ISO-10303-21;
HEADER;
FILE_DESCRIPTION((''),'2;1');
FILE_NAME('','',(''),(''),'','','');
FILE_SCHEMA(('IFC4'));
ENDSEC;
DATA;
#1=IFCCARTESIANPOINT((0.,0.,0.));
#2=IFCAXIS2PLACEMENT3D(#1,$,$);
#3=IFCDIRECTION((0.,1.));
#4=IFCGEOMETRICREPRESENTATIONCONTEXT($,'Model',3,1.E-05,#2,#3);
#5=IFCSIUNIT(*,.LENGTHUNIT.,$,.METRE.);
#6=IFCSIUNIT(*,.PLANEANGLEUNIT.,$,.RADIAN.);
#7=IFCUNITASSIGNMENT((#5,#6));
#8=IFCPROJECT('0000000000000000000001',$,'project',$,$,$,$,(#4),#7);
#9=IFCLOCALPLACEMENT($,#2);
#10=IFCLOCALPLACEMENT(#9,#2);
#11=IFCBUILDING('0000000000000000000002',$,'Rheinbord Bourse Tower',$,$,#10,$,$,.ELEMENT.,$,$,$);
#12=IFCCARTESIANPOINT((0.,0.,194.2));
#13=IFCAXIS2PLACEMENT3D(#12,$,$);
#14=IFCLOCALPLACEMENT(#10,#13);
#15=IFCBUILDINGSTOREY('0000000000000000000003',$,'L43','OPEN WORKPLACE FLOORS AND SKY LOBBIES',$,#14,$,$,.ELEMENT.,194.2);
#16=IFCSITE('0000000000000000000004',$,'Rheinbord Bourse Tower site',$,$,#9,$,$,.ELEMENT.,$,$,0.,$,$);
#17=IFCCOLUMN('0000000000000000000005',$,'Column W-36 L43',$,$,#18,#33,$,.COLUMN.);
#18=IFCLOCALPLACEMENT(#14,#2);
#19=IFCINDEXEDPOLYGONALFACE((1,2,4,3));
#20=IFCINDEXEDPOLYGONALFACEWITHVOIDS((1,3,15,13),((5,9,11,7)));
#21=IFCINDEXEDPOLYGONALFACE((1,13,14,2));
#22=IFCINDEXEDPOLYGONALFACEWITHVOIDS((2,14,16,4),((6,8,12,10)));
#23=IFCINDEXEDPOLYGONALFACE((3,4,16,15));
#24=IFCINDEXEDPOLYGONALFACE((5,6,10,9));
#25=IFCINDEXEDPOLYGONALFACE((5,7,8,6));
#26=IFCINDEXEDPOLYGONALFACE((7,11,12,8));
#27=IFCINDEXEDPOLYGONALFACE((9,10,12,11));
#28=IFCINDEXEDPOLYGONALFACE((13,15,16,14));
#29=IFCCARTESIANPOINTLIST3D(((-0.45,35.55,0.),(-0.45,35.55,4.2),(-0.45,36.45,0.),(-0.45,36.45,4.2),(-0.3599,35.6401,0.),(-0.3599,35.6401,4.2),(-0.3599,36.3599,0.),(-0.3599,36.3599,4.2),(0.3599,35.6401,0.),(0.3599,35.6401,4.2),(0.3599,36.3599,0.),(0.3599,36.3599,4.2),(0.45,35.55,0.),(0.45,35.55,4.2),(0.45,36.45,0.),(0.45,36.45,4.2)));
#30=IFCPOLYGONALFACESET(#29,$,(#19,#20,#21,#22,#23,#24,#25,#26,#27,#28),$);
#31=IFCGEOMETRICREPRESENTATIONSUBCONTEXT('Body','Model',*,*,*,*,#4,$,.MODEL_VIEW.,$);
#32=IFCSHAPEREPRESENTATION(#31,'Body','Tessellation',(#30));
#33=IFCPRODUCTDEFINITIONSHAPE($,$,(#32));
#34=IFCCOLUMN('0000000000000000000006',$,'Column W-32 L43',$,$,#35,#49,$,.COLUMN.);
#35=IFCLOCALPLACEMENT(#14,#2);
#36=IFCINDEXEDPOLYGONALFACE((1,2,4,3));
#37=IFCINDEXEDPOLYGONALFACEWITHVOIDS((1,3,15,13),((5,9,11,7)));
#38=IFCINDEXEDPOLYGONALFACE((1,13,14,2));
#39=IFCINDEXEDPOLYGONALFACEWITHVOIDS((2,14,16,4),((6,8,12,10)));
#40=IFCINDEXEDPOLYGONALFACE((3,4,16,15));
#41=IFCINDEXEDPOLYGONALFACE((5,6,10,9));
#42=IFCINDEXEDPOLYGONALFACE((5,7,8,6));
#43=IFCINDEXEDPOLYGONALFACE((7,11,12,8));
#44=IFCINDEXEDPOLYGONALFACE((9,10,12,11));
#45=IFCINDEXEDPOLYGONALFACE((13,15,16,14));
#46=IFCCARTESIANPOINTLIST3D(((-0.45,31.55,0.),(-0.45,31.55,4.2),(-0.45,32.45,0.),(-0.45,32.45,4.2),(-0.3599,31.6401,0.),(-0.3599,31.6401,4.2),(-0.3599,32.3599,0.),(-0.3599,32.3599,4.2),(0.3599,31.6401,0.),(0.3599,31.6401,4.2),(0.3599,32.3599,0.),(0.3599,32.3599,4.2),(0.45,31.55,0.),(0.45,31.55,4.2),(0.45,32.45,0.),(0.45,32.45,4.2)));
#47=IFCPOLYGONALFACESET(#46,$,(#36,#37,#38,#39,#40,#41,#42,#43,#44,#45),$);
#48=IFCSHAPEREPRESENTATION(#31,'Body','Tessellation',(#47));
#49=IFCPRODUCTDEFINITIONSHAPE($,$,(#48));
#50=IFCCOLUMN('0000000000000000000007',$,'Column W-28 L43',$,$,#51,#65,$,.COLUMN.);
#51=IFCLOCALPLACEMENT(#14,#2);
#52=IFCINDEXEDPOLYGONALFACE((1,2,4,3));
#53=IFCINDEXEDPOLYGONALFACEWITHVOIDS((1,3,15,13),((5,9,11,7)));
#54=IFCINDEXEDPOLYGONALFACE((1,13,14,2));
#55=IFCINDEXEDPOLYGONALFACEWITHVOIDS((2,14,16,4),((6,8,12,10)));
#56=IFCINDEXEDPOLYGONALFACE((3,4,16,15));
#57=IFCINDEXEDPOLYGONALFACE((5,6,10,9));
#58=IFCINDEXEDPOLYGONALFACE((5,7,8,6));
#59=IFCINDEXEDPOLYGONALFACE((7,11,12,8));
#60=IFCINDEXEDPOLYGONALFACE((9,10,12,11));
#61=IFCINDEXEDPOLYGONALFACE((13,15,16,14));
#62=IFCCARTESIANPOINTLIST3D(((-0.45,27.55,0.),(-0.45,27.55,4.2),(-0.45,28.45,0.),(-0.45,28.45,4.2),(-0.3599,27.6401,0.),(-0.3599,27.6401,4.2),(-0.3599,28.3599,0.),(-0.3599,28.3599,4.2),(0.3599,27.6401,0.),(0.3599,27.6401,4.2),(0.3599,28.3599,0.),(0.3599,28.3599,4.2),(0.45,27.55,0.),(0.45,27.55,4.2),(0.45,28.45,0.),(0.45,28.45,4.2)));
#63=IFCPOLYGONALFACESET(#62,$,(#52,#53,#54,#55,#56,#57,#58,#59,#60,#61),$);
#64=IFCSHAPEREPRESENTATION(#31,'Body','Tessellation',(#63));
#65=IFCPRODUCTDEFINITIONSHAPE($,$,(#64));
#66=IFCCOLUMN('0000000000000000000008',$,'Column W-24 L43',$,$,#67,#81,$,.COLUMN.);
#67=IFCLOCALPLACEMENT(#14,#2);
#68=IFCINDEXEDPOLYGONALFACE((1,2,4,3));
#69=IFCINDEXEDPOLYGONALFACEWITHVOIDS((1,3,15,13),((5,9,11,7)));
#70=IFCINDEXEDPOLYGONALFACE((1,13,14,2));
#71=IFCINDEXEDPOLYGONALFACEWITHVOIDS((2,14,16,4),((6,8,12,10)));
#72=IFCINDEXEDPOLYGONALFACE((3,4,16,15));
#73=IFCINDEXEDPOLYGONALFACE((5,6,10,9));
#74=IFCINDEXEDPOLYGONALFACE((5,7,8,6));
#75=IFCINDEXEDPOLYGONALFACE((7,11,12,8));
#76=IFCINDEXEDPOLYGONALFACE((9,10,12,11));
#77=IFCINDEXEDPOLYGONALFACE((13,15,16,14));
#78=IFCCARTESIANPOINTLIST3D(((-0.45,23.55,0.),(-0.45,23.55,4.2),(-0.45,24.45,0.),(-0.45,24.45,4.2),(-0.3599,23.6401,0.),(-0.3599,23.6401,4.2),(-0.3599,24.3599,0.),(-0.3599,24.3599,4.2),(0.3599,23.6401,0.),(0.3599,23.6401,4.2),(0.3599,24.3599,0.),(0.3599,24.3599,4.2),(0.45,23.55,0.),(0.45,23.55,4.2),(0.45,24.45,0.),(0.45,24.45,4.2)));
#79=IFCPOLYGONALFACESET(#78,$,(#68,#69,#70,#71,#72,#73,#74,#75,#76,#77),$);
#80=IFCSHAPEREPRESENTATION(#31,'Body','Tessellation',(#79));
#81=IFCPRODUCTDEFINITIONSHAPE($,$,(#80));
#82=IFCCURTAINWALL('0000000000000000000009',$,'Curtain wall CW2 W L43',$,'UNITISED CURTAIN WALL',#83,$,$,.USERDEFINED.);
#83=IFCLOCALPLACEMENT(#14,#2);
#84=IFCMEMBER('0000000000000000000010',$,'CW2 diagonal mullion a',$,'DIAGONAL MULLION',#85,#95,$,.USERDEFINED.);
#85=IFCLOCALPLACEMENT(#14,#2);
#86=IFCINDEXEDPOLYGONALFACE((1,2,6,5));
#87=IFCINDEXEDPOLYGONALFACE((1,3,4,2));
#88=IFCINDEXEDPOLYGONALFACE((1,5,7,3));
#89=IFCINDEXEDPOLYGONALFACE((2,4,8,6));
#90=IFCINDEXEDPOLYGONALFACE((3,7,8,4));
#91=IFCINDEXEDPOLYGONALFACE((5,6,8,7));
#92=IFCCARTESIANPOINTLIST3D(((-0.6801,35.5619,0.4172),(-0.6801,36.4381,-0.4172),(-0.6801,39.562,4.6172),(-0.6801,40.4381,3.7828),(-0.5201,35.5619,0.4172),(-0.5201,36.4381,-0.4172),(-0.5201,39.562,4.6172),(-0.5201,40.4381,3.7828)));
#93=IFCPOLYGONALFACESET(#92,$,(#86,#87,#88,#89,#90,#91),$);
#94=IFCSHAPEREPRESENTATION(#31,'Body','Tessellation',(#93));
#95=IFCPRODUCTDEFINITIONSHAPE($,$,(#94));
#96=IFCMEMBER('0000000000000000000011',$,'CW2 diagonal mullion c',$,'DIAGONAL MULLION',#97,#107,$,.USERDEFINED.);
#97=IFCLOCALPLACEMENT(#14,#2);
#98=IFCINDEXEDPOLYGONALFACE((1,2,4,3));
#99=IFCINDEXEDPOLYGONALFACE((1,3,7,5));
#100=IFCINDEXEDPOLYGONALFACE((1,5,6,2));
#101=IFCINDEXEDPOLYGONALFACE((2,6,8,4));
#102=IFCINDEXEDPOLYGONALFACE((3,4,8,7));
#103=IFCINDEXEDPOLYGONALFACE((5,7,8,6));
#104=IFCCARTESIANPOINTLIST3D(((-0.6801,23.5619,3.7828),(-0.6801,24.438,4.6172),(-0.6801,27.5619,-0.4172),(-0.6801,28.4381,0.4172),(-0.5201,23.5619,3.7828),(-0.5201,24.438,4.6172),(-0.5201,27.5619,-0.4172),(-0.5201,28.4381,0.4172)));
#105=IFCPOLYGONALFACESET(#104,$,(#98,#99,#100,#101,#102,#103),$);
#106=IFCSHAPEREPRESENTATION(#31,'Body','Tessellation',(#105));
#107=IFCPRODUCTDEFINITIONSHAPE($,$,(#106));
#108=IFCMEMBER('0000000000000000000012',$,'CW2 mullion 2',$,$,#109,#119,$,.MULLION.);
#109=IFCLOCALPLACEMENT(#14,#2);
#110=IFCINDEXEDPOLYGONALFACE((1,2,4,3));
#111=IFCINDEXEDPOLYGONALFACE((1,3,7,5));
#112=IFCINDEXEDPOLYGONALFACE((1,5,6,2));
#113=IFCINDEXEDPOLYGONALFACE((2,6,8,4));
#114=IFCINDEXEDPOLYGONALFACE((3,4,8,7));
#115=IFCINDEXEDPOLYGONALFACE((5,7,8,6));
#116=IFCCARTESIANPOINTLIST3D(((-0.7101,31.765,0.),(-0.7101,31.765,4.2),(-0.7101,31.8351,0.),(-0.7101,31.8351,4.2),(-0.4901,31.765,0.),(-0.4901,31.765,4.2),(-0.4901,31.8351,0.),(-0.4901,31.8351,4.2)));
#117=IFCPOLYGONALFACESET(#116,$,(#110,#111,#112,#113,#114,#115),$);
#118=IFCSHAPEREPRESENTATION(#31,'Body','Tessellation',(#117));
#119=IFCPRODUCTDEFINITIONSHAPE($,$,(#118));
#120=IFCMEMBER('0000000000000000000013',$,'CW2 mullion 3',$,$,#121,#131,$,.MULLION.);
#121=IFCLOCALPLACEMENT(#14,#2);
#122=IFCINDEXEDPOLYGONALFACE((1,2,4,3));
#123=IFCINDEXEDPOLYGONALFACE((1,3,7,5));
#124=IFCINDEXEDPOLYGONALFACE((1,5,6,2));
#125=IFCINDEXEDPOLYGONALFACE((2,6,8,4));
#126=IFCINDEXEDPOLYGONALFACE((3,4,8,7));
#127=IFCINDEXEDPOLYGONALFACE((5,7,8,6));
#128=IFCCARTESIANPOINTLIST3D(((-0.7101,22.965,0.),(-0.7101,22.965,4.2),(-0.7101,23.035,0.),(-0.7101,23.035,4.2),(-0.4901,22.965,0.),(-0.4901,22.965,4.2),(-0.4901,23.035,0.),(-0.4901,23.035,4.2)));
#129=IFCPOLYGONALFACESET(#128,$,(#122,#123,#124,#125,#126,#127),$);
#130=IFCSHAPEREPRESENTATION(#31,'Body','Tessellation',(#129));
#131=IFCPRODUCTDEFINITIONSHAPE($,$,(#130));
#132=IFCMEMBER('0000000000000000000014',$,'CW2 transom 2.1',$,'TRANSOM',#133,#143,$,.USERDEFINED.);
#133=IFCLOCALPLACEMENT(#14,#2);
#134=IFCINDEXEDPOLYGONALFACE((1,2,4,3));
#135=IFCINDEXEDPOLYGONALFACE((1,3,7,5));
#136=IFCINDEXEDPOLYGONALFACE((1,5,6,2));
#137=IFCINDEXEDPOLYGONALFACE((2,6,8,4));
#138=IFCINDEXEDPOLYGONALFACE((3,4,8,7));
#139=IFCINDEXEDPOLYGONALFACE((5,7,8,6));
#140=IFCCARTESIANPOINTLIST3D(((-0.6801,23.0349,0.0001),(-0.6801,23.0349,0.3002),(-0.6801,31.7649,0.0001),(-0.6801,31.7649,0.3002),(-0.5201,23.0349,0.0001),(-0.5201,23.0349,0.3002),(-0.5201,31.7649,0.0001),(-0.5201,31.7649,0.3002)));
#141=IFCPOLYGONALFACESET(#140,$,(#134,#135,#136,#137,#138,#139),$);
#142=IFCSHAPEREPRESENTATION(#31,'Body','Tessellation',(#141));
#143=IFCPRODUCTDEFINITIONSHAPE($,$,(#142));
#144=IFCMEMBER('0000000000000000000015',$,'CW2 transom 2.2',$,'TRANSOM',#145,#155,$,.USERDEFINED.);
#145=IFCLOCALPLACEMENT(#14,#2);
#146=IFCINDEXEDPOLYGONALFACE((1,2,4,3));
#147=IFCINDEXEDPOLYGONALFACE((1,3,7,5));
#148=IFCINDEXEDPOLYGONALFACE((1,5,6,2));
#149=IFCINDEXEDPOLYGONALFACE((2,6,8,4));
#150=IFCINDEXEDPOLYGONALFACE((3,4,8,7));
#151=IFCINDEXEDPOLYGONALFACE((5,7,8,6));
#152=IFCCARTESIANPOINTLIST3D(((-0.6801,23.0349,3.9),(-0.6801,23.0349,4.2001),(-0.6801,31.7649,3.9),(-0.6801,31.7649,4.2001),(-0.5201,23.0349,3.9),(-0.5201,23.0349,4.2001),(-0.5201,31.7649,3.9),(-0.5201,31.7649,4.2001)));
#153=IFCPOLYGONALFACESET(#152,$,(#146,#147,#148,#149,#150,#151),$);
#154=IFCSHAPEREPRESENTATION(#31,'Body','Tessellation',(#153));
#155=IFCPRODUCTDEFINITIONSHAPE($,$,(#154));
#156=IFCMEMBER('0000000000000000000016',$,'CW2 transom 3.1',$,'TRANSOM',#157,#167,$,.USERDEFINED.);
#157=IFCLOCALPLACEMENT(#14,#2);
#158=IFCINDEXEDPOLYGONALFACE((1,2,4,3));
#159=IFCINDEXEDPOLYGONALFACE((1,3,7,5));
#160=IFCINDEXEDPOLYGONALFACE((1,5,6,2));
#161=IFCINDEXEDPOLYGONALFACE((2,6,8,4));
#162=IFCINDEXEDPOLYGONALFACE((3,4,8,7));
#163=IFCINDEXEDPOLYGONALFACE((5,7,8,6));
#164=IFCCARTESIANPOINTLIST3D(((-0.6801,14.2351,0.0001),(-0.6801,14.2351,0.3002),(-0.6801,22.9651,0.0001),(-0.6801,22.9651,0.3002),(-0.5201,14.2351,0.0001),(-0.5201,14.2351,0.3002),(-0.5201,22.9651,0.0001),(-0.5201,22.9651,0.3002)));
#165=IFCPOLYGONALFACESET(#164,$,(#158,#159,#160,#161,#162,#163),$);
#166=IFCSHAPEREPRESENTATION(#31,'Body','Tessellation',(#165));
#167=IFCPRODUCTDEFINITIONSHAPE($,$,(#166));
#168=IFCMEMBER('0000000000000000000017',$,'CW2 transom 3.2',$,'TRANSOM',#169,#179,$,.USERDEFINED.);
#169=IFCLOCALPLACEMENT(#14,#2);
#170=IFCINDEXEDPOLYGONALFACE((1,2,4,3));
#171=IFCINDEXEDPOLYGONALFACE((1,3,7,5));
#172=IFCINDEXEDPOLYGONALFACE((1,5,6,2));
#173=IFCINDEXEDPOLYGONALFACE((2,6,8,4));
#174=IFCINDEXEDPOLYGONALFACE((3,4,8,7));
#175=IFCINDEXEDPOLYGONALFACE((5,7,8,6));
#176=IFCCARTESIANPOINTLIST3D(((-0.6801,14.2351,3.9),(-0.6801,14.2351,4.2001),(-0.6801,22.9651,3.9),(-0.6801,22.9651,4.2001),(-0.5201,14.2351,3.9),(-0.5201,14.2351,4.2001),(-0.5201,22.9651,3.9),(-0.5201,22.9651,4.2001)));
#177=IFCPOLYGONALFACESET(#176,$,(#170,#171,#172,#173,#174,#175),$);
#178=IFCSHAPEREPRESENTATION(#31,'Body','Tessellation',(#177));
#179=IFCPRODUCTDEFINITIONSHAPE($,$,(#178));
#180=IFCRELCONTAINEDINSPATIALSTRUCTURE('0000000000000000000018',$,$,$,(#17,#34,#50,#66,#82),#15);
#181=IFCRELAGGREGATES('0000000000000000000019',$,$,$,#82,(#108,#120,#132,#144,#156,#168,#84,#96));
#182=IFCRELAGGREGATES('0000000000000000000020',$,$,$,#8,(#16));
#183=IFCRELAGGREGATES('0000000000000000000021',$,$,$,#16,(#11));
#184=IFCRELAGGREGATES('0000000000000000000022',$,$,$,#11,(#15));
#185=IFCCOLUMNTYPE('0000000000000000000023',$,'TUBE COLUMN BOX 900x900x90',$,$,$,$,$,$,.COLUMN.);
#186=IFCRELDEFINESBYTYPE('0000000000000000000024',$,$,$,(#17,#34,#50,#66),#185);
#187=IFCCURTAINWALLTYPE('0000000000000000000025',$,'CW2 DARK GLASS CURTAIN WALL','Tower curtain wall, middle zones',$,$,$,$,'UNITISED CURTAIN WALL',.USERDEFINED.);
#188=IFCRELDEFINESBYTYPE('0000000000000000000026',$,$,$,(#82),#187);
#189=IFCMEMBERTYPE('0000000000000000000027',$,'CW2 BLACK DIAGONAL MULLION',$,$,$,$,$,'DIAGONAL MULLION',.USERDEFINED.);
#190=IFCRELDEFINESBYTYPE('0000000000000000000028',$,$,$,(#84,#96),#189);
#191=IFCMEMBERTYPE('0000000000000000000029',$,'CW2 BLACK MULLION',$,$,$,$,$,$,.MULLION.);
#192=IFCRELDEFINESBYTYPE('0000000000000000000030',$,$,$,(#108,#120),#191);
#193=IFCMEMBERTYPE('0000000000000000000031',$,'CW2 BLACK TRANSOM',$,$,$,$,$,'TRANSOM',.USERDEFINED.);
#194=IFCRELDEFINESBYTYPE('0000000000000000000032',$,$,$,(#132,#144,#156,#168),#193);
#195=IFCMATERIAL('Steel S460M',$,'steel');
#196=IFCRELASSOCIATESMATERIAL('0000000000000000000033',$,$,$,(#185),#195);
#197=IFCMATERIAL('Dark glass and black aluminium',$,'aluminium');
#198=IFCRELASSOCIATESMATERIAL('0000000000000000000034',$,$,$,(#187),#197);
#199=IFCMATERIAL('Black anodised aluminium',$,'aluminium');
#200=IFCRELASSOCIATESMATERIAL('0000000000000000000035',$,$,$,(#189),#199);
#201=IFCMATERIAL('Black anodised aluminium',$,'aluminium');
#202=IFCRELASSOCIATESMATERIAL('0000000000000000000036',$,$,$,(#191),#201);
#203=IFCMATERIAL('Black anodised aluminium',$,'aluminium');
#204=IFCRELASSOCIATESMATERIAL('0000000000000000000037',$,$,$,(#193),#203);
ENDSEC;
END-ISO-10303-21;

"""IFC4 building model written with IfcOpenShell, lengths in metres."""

from ifc_helpers import new_model, si_unit, direction, frame, origin, origin_2d, place, context, subcontext, project, spatial, rectangle, hollow_rectangle, extrude, material, material_profile, profile_set, type_object, element, aggregate, save


model = new_model("IFC4")

# Units and contexts
model_context = context("Model", 3, precision=1e-05, world=origin(), true_north=direction((0.0, 1.0)))
body_context = subcontext(model_context, "Body", "Model", "MODEL_VIEW")
ifc_project = project(units=[si_unit("LENGTHUNIT", "METRE"), si_unit("PLANEANGLEUNIT", "RADIAN")], contexts=[model_context])

# Site, building, storey
site_placement = place(None, origin())
site = spatial("IfcSite", under=ifc_project, at=site_placement, Name="Rheinbord Bourse Tower site", CompositionType="ELEMENT", RefElevation=0.0)
building_placement = place(site_placement, origin())
building = spatial("IfcBuilding", under=site, at=building_placement, Name="Rheinbord Bourse Tower", CompositionType="ELEMENT")
storey_placement = place(building_placement, frame((0.0, 0.0, 194.2)))
storey = spatial("IfcBuildingStorey", under=building, at=storey_placement, Name="L43", Description="OPEN WORKPLACE FLOORS AND SKY LOBBIES", CompositionType="ELEMENT", Elevation=194.2)

# Columns
ifc_material_1 = material(Name="Steel S460M", Category="steel")
ifc_material_profile_1 = material_profile(ifc_material_1, hollow_rectangle(XDim=0.8999, YDim=0.8999, WallThickness=0.0901, at=origin_2d()), Name="BOX 900x900x90")
ifc_profile_set_1 = profile_set([ifc_material_profile_1], Name="Steel S460M")
column_type = type_object("IfcColumnType", Name="TUBE COLUMN BOX 900x900x90", PredefinedType="COLUMN", material=ifc_profile_set_1)
for number, where, z_axis, x_axis, name in (
    (1, (0.0, 36.0, 0.0), (0.0, 0.0, 1.0), (1.0, 0.0, 0.0), "Column W-36 L43"),
    (2, (0.0, 32.0, 0.0), (0.0, 0.0, 1.0), (1.0, 0.0, 0.0), "Column W-32 L43"),
    (3, (0.0, 28.0, 0.0), (0.0, 0.0, 1.0), (1.0, 0.0, 0.0), "Column W-28 L43"),
    (4, (0.0, 24.0, 0.0), (0.0, 0.0, 1.0), (1.0, 0.0, 0.0), "Column W-24 L43"),
):
    element("IfcColumn", number, at=place(storey_placement, frame(where, z_axis=z_axis, x_axis=x_axis)), inside=storey, type_object=column_type, Name=name, PredefinedType="COLUMN", context=body_context, shape_type="SweptSolid", body=[
        extrude(hollow_rectangle(XDim=0.8999, YDim=0.8999, WallThickness=0.0901, at=origin_2d()), origin(), (0.0, 0.0, 1.0), 4.2),
    ])

# Curtain wall, members
ifc_material_2 = material(Name="Dark glass and black aluminium", Category="aluminium")
curtain_wall_type = type_object("IfcCurtainWallType", Name="CW2 DARK GLASS CURTAIN WALL", Description="Tower curtain wall, middle zones", ElementType="UNITISED CURTAIN WALL", PredefinedType="USERDEFINED", material=ifc_material_2)
curtain_wall_placement = place(storey_placement, origin())
curtain_wall = element("IfcCurtainWall", 5, at=curtain_wall_placement, inside=storey, type_object=curtain_wall_type, Name="Curtain wall CW2 W L43", ObjectType="UNITISED CURTAIN WALL", PredefinedType="USERDEFINED")
ifc_material_3 = material(Name="Black anodised aluminium", Category="aluminium")
ifc_material_profile_2 = material_profile(ifc_material_3, rectangle(XDim=0.1599, YDim=1.21, at=origin_2d()), Name="CW2 DIAGONAL MULLION 1210x160")
ifc_profile_set_2 = profile_set([ifc_material_profile_2], Name="Black anodised aluminium")
member_type_1 = type_object("IfcMemberType", Name="CW2 BLACK DIAGONAL MULLION", ElementType="DIAGONAL MULLION", PredefinedType="USERDEFINED", material=ifc_profile_set_2)
member_1_placement = place(storey_placement, frame((-0.6001, 36.0, 0.0), z_axis=(0.0, 0.689659, 0.724134), x_axis=(-1.0, 0.0, 0.0)))
member_1 = element("IfcMember", 6, at=member_1_placement, type_object=member_type_1, Name="CW2 diagonal mullion a", ObjectType="DIAGONAL MULLION", PredefinedType="USERDEFINED", context=body_context, shape_type="SweptSolid", body=[
    extrude(rectangle(XDim=0.1599, YDim=1.21, at=origin_2d()), origin(), (0.0, 0.0, 1.0), 5.8),
])
member_2_placement = place(storey_placement, frame((-0.6001, 28.0, 0.0), z_axis=(0.0, -0.689659, 0.724134), x_axis=(1.0, 0.0, 0.0)))
member_2 = element("IfcMember", 7, at=member_2_placement, type_object=member_type_1, Name="CW2 diagonal mullion c", ObjectType="DIAGONAL MULLION", PredefinedType="USERDEFINED", context=body_context, shape_type="SweptSolid", body=[
    extrude(rectangle(XDim=0.1599, YDim=1.21, at=origin_2d()), origin(), (0.0, 0.0, 1.0), 5.8),
])
ifc_material_4 = material(Name="Black anodised aluminium", Category="aluminium")
ifc_material_profile_3 = material_profile(ifc_material_4, rectangle(XDim=0.22, YDim=0.0701, at=origin_2d()), Name="CW2 MULLION 70x220")
ifc_profile_set_3 = profile_set([ifc_material_profile_3], Name="Black anodised aluminium")
member_type_2 = type_object("IfcMemberType", Name="CW2 BLACK MULLION", PredefinedType="MULLION", material=ifc_profile_set_3)
member_3_placement = place(storey_placement, frame((-0.6001, 31.8, 0.0), z_axis=(0.0, 0.0, 1.0), x_axis=(1.0, 0.0, 0.0)))
member_3 = element("IfcMember", 8, at=member_3_placement, type_object=member_type_2, Name="CW2 mullion 2", PredefinedType="MULLION", context=body_context, shape_type="SweptSolid", body=[
    extrude(rectangle(XDim=0.22, YDim=0.0701, at=origin_2d()), origin(), (0.0, 0.0, 1.0), 4.2),
])
member_4_placement = place(storey_placement, frame((-0.6001, 23.0, 0.0), z_axis=(0.0, 0.0, 1.0), x_axis=(1.0, 0.0, 0.0)))
member_4 = element("IfcMember", 9, at=member_4_placement, type_object=member_type_2, Name="CW2 mullion 3", PredefinedType="MULLION", context=body_context, shape_type="SweptSolid", body=[
    extrude(rectangle(XDim=0.22, YDim=0.0701, at=origin_2d()), origin(), (0.0, 0.0, 1.0), 4.2),
])
ifc_material_5 = material(Name="Black anodised aluminium", Category="aluminium")
ifc_material_profile_4 = material_profile(ifc_material_5, rectangle(XDim=0.1599, YDim=0.3, at=origin_2d()), Name="CW2 TRANSOM 300x160")
ifc_profile_set_4 = profile_set([ifc_material_profile_4], Name="Black anodised aluminium")
member_type_3 = type_object("IfcMemberType", Name="CW2 BLACK TRANSOM", ElementType="TRANSOM", PredefinedType="USERDEFINED", material=ifc_profile_set_4)
member_5_placement = place(storey_placement, frame((-0.6001, 31.7649, 0.1501), z_axis=(0.0, -1.0, 0.0), x_axis=(1.0, 0.0, 0.0)))
member_5 = element("IfcMember", 10, at=member_5_placement, type_object=member_type_3, Name="CW2 transom 2.1", ObjectType="TRANSOM", PredefinedType="USERDEFINED", context=body_context, shape_type="SweptSolid", body=[
    extrude(rectangle(XDim=0.1599, YDim=0.3, at=origin_2d()), origin(), (0.0, 0.0, 1.0), 8.73),
])
member_6_placement = place(storey_placement, frame((-0.6001, 31.7649, 4.05), z_axis=(0.0, -1.0, 0.0), x_axis=(1.0, 0.0, 0.0)))
member_6 = element("IfcMember", 11, at=member_6_placement, type_object=member_type_3, Name="CW2 transom 2.2", ObjectType="TRANSOM", PredefinedType="USERDEFINED", context=body_context, shape_type="SweptSolid", body=[
    extrude(rectangle(XDim=0.1599, YDim=0.3, at=origin_2d()), origin(), (0.0, 0.0, 1.0), 8.73),
])
member_7_placement = place(storey_placement, frame((-0.6001, 22.9651, 0.1501), z_axis=(0.0, -1.0, 0.0), x_axis=(1.0, 0.0, 0.0)))
member_7 = element("IfcMember", 12, at=member_7_placement, type_object=member_type_3, Name="CW2 transom 3.1", ObjectType="TRANSOM", PredefinedType="USERDEFINED", context=body_context, shape_type="SweptSolid", body=[
    extrude(rectangle(XDim=0.1599, YDim=0.3, at=origin_2d()), origin(), (0.0, 0.0, 1.0), 8.73),
])
member_8_placement = place(storey_placement, frame((-0.6001, 22.9651, 4.05), z_axis=(0.0, -1.0, 0.0), x_axis=(1.0, 0.0, 0.0)))
member_8 = element("IfcMember", 13, at=member_8_placement, type_object=member_type_3, Name="CW2 transom 3.2", ObjectType="TRANSOM", PredefinedType="USERDEFINED", context=body_context, shape_type="SweptSolid", body=[
    extrude(rectangle(XDim=0.1599, YDim=0.3, at=origin_2d()), origin(), (0.0, 0.0, 1.0), 8.73),
])

aggregate(curtain_wall, [member_3, member_4, member_5, member_6, member_7, member_8, member_1, member_2])

save(model, "model.ifc")
